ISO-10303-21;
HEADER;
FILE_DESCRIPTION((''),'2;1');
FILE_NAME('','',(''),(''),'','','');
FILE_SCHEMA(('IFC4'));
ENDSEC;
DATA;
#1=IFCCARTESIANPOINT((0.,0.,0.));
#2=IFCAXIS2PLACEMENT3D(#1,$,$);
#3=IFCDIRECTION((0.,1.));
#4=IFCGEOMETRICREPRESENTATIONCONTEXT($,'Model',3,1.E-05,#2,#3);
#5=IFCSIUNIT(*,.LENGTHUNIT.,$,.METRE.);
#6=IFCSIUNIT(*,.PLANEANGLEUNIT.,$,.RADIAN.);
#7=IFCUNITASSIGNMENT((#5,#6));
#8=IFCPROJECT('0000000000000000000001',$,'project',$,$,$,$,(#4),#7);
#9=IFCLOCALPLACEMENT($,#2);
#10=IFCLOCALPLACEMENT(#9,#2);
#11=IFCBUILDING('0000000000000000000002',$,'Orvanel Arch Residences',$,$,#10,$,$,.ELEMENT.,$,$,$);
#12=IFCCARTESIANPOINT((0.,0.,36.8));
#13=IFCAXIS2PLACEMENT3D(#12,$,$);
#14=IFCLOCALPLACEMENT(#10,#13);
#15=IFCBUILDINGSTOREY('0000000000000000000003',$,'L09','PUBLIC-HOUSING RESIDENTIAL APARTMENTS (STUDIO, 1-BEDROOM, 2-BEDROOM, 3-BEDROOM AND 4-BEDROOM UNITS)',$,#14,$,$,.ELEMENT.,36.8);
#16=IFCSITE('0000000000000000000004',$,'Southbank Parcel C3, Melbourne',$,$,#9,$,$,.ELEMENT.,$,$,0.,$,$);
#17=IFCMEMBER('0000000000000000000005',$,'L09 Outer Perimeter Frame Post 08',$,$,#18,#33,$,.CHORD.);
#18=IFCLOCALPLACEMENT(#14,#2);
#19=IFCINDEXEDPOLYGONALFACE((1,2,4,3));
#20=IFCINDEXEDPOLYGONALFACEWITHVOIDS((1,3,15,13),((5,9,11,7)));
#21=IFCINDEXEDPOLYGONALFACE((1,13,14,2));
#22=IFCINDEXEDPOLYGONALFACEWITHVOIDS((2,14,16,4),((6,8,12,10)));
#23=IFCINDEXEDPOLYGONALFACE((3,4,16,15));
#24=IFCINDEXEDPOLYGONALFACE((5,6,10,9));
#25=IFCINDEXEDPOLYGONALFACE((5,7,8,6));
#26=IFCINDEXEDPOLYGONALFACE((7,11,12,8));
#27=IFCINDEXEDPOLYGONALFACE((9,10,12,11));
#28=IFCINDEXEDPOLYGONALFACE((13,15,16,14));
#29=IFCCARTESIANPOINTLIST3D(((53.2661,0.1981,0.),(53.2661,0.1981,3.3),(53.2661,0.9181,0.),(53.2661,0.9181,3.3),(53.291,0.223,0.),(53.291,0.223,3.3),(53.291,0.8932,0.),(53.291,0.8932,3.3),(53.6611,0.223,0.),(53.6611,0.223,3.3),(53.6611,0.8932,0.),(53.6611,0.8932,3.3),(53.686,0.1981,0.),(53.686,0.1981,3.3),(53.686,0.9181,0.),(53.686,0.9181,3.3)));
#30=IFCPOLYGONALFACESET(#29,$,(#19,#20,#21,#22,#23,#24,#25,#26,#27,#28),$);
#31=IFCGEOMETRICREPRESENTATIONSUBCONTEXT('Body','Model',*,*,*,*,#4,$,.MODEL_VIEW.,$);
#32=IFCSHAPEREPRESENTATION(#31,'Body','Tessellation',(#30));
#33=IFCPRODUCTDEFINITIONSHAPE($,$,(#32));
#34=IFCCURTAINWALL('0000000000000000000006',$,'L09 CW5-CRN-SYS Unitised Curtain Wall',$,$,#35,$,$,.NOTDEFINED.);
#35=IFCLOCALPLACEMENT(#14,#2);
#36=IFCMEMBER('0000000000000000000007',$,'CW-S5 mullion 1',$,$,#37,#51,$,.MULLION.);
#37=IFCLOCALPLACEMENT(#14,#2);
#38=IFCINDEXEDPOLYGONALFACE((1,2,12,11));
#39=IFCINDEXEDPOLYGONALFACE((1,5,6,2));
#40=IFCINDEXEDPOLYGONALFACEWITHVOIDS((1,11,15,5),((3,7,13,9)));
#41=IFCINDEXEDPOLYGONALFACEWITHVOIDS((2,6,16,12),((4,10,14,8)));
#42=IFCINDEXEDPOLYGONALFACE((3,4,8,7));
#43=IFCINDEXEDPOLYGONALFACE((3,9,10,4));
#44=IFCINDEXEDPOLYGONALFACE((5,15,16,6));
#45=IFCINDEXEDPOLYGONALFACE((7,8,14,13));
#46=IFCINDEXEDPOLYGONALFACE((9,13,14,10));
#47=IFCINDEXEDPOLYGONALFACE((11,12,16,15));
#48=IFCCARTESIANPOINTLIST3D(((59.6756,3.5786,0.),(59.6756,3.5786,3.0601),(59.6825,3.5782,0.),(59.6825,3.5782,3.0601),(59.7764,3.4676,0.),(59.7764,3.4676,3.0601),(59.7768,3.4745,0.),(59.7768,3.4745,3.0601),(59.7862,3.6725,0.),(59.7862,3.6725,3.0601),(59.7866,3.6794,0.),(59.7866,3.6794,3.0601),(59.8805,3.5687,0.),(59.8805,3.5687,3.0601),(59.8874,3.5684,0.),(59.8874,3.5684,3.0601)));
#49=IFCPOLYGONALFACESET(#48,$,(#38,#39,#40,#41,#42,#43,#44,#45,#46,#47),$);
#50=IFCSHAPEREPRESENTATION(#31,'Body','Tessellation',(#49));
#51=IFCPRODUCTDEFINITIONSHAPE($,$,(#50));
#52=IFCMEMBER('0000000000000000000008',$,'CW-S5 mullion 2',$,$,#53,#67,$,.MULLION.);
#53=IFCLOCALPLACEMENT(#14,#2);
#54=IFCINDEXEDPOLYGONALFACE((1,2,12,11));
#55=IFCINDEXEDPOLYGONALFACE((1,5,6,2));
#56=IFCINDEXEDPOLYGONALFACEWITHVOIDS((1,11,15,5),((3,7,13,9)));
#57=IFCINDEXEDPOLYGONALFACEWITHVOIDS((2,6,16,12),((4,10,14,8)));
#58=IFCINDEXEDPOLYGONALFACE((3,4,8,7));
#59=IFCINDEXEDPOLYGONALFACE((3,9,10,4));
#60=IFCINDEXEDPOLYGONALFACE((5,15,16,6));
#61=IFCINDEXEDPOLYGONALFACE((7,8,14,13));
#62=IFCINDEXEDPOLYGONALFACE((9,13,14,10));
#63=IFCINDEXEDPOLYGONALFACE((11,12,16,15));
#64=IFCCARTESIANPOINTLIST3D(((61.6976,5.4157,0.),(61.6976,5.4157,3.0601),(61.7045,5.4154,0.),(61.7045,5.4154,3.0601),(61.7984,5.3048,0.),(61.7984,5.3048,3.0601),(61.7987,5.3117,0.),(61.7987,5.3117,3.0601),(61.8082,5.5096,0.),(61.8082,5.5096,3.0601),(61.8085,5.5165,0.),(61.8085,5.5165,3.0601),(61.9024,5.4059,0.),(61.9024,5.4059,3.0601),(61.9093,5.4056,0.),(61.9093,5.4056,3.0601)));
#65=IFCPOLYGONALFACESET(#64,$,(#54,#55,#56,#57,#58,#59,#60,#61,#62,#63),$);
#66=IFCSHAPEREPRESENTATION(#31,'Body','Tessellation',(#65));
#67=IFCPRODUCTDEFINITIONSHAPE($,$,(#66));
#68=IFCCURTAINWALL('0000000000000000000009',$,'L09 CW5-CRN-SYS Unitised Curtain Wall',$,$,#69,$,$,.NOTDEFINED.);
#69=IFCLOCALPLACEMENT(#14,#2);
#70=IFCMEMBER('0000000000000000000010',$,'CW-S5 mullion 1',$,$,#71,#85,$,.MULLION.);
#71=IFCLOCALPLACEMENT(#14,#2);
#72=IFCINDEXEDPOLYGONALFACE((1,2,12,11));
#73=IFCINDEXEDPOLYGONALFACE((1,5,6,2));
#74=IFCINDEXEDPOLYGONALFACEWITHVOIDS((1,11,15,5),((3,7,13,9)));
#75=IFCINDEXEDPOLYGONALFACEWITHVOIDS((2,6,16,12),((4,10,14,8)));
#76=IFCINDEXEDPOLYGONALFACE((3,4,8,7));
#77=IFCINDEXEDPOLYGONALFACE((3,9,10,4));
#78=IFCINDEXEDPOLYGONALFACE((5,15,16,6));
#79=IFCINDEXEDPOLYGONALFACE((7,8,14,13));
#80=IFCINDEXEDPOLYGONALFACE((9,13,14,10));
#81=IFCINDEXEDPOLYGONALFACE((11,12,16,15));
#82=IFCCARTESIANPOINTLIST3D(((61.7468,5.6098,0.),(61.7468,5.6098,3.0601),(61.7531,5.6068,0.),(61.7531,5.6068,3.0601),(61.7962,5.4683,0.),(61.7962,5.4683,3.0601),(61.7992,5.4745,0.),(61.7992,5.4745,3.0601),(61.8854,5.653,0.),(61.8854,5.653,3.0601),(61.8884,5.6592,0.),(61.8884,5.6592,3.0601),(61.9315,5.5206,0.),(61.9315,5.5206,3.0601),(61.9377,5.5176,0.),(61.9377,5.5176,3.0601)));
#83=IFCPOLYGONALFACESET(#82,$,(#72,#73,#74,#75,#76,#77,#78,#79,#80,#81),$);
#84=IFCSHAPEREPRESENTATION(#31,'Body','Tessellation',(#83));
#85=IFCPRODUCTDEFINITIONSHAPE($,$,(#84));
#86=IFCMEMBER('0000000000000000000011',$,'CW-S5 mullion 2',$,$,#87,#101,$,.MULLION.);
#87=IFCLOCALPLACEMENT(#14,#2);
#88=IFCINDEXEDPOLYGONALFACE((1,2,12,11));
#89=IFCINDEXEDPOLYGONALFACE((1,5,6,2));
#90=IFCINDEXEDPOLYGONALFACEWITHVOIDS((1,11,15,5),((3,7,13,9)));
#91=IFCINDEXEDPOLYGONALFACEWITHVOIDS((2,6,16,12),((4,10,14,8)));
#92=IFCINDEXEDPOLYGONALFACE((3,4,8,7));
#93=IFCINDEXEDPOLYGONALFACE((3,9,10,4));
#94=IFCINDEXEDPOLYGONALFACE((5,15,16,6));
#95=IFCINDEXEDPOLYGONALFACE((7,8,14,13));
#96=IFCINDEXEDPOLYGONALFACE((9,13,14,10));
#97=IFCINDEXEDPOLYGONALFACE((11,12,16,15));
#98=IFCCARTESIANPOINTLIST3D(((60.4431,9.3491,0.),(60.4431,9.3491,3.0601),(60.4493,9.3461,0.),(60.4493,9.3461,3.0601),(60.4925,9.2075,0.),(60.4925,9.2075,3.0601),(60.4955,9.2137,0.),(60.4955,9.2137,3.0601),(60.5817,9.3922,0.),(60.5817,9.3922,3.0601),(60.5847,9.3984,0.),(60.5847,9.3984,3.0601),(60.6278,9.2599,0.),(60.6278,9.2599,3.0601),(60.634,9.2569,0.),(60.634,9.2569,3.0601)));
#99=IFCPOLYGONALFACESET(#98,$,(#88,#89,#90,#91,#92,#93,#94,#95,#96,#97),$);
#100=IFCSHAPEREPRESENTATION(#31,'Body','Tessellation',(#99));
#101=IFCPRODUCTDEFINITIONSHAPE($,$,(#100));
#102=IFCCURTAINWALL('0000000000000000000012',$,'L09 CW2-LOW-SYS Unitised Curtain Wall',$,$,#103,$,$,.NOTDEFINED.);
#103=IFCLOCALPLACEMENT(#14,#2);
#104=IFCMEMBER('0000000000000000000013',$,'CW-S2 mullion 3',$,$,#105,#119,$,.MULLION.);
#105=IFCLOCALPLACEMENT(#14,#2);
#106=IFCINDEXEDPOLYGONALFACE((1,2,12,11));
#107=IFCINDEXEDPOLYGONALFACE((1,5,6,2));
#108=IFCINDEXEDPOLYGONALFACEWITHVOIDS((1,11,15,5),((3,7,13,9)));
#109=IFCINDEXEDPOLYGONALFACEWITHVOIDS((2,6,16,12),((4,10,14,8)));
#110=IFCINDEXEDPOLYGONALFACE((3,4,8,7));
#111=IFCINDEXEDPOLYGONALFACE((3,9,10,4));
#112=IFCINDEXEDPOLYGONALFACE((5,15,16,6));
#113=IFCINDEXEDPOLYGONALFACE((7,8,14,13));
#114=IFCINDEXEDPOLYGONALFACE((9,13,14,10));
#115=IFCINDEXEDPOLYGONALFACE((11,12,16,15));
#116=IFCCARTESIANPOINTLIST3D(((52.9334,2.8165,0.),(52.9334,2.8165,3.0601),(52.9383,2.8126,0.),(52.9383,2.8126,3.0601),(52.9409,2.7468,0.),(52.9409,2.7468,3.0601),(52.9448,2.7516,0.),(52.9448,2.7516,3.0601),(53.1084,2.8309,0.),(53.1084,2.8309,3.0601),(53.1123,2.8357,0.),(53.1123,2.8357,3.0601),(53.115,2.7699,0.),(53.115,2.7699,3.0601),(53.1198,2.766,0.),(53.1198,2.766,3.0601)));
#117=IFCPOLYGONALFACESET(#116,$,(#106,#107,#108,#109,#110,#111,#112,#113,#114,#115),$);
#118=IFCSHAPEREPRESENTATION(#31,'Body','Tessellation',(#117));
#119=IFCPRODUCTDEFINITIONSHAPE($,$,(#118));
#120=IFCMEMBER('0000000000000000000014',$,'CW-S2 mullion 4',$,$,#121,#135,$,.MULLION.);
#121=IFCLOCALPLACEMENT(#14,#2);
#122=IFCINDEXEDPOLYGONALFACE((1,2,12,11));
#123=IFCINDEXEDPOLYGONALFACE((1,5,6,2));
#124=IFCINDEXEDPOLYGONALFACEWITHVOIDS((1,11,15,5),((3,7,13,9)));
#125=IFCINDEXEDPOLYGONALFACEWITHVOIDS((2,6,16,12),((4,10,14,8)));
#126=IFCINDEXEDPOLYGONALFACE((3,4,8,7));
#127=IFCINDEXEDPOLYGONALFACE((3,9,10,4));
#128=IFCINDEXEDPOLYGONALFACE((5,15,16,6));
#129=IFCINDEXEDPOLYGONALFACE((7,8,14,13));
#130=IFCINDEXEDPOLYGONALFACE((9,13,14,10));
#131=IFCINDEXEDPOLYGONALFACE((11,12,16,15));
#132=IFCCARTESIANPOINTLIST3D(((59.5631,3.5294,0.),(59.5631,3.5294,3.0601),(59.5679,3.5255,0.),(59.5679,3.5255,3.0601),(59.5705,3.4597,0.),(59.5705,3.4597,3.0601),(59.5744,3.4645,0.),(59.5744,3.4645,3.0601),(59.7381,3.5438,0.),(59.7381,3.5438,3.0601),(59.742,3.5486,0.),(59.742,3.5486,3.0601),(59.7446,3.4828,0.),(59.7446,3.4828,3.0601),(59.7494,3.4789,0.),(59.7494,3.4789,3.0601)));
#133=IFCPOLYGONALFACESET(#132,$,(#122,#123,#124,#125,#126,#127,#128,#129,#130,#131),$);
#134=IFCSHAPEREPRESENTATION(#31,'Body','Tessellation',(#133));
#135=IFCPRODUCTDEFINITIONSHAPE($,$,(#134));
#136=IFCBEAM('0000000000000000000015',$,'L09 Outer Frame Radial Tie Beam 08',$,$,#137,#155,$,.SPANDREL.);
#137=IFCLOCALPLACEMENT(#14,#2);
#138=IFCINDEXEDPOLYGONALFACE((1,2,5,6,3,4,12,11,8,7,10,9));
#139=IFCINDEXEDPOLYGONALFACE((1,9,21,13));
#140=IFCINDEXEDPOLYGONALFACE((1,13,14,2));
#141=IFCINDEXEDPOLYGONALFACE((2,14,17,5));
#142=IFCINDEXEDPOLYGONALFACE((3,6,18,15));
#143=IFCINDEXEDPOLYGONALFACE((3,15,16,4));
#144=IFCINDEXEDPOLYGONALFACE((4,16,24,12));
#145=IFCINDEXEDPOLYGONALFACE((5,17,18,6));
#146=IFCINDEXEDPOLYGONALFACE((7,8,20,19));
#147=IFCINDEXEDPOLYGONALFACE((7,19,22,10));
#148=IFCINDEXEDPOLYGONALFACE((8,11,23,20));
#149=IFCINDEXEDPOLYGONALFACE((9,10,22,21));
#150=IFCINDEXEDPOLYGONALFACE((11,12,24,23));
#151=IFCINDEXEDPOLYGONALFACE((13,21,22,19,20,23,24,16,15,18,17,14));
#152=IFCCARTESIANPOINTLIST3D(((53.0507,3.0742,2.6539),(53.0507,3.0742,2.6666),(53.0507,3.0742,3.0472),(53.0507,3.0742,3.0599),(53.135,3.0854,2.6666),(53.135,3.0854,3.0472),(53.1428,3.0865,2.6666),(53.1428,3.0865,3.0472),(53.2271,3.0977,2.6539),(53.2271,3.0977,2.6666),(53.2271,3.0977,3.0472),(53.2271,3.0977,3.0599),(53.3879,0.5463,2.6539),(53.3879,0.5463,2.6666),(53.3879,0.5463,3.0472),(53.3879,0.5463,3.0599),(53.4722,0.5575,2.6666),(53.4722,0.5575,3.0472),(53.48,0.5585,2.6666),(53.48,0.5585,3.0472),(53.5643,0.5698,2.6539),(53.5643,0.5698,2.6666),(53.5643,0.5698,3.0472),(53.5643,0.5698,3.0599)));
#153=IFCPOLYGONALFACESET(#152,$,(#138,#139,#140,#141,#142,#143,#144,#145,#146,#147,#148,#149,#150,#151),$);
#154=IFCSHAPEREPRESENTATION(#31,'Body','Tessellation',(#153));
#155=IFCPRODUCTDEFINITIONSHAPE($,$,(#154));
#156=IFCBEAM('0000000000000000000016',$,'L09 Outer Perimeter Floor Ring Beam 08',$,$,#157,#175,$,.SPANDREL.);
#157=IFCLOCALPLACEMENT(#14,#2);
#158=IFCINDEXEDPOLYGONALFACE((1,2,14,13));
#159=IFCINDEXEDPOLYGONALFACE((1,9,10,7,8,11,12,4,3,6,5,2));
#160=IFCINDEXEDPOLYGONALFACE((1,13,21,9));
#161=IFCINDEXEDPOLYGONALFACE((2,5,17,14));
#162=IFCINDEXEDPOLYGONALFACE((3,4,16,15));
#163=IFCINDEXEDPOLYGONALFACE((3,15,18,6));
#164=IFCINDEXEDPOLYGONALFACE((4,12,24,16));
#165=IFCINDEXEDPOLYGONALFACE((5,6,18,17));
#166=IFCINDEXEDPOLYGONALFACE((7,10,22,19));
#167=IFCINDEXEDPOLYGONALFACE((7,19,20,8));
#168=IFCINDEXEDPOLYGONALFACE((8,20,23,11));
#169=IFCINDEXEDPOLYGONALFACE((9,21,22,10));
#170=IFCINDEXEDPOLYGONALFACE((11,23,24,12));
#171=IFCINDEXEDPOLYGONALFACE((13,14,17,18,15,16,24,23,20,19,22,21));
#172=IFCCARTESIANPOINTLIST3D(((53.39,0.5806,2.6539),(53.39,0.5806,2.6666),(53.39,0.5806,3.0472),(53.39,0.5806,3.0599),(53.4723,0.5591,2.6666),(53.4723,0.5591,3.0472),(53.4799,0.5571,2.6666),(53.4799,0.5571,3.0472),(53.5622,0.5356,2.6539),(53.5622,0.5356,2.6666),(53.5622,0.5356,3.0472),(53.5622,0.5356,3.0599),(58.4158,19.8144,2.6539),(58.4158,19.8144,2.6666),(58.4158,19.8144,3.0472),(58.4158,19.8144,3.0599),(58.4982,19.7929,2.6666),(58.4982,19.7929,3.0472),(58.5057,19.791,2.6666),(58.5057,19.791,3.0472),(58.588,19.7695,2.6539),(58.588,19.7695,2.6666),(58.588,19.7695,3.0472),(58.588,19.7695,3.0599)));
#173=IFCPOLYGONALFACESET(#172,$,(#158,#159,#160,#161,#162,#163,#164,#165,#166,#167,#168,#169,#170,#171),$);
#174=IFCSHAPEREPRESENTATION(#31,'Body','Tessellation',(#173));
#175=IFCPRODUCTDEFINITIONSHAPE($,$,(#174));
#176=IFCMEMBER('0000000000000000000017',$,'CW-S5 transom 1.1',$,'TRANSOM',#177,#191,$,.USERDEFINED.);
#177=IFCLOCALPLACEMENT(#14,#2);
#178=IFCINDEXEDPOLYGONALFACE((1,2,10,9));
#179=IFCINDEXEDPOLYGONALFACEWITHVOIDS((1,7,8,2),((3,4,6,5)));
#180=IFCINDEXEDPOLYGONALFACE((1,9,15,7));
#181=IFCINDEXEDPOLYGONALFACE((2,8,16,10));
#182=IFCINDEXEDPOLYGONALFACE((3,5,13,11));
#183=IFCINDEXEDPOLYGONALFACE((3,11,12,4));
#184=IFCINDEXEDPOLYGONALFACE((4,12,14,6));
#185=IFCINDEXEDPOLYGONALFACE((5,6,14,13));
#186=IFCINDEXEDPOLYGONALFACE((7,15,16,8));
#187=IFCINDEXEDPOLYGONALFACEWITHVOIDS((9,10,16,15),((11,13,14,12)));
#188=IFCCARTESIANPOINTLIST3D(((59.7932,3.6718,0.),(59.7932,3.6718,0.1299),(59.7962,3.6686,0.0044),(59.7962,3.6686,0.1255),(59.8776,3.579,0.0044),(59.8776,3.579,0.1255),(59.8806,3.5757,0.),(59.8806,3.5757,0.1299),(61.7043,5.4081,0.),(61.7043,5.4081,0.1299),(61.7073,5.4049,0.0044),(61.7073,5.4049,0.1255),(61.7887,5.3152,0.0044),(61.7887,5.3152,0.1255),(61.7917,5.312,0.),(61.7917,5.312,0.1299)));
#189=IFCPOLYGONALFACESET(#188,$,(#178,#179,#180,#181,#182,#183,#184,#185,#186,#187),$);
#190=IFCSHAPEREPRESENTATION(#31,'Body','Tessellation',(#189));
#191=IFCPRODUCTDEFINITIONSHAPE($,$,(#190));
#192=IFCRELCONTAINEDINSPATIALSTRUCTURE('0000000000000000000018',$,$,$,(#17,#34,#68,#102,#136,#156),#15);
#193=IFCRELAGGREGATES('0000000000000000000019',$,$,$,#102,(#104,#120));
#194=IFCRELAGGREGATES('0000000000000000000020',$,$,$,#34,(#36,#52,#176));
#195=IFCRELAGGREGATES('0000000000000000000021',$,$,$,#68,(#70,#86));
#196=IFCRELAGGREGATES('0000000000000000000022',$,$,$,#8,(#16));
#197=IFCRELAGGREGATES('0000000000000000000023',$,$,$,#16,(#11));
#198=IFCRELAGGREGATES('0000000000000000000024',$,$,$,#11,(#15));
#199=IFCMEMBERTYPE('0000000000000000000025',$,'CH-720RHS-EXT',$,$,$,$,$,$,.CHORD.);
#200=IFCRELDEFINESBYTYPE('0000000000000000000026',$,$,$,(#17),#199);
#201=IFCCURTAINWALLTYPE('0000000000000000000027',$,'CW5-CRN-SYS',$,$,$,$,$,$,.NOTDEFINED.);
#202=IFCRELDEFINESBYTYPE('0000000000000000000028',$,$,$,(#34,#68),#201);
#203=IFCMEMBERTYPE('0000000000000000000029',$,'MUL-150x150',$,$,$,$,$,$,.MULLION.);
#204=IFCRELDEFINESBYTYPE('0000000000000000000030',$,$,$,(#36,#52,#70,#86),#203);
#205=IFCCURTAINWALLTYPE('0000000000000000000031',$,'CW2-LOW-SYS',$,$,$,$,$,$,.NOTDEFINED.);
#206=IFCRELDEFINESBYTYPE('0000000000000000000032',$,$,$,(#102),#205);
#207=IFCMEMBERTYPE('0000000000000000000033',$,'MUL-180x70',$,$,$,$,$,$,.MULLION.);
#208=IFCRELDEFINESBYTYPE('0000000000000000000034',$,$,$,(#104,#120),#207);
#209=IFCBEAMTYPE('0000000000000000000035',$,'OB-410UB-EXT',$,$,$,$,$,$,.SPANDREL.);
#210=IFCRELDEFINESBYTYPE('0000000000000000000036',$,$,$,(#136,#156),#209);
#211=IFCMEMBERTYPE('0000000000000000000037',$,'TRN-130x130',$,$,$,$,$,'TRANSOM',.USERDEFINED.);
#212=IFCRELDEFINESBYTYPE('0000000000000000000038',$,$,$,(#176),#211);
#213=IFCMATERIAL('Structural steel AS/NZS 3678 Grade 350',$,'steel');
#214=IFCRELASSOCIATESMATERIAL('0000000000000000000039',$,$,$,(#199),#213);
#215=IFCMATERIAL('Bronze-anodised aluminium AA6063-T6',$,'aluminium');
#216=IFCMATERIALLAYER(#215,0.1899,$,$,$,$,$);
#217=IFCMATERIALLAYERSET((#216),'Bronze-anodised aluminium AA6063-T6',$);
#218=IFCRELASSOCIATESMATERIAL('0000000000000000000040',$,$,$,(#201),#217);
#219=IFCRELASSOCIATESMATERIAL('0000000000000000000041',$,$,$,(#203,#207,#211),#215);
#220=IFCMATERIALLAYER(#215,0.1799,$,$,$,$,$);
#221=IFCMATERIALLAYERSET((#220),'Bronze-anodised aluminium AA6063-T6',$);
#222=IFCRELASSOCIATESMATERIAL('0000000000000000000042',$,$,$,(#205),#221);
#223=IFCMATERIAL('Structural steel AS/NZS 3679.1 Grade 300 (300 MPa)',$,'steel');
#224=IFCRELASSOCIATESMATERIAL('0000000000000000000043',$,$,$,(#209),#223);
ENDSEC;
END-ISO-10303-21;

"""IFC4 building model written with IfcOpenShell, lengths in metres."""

from ifc_helpers import new_model, si_unit, direction, frame, origin, origin_2d, place, context, subcontext, project, spatial, hollow_rectangle, i_section, extrude, material, layer, layer_set, material_profile, profile_set, type_object, element, aggregate, save


model = new_model("IFC4")

# Units and contexts
model_context = context("Model", 3, precision=1e-05, world=origin(), true_north=direction((0.0, 1.0)))
body_context = subcontext(model_context, "Body", "Model", "MODEL_VIEW")
ifc_project = project(units=[si_unit("LENGTHUNIT", "METRE"), si_unit("PLANEANGLEUNIT", "RADIAN")], contexts=[model_context])

# Site, building, storey
site_placement = place(None, origin())
site = spatial("IfcSite", under=ifc_project, at=site_placement, Name="Southbank Parcel C3, Melbourne", CompositionType="ELEMENT", RefElevation=0.0)
building_placement = place(site_placement, origin())
building = spatial("IfcBuilding", under=site, at=building_placement, Name="Orvanel Arch Residences", CompositionType="ELEMENT")
storey_placement = place(building_placement, frame((0.0, 0.0, 36.8)))
storey = spatial("IfcBuildingStorey", under=building, at=storey_placement, Name="L09", Description="PUBLIC-HOUSING RESIDENTIAL APARTMENTS (STUDIO, 1-BEDROOM, 2-BEDROOM, 3-BEDROOM AND 4-BEDROOM UNITS)", CompositionType="ELEMENT", Elevation=36.8)

# Member
ifc_material_1 = material(Name="Structural steel AS/NZS 3678 Grade 350", Category="steel")
ifc_material_profile_1 = material_profile(ifc_material_1, hollow_rectangle(XDim=0.4199, YDim=0.72, WallThickness=0.0249, at=origin_2d()), Name="RHS720x420x25")
ifc_profile_set_1 = profile_set([ifc_material_profile_1], Name="Structural steel AS/NZS 3678 Grade 350")
member_type_1 = type_object("IfcMemberType", Name="CH-720RHS-EXT", PredefinedType="CHORD", material=ifc_profile_set_1)
member_1_placement = place(storey_placement, frame((53.4761, 0.5581, 0.0), z_axis=(0.0, 0.0, 1.0), x_axis=(1.0, 0.0, 0.0)))
element("IfcMember", 1, at=member_1_placement, inside=storey, type_object=member_type_1, Name="L09 Outer Perimeter Frame Post 08", PredefinedType="CHORD", context=body_context, shape_type="SweptSolid", body=[
    extrude(hollow_rectangle(XDim=0.4199, YDim=0.72, WallThickness=0.0249, at=origin_2d()), origin(), (0.0, 0.0, 1.0), 3.3),
])

# Curtain walls, members
ifc_material_2 = material(Name="Bronze-anodised aluminium AA6063-T6", Category="aluminium")
ifc_layer_1 = layer(ifc_material_2, 0.1899)
ifc_layer_set_1 = layer_set([ifc_layer_1], Name="Bronze-anodised aluminium AA6063-T6")
curtain_wall_type_1 = type_object("IfcCurtainWallType", Name="CW5-CRN-SYS", PredefinedType="NOTDEFINED", material=ifc_layer_set_1)
curtain_wall_1_placement = place(storey_placement, origin())
curtain_wall_1 = element("IfcCurtainWall", 2, at=curtain_wall_1_placement, inside=storey, type_object=curtain_wall_type_1, Name="L09 CW5-CRN-SYS Unitised Curtain Wall", PredefinedType="NOTDEFINED")
ifc_material_profile_2 = material_profile(ifc_material_2, hollow_rectangle(XDim=0.1499, YDim=0.1499, WallThickness=0.0049, at=origin_2d()), Name="ALU150x150x5")
ifc_profile_set_2 = profile_set([ifc_material_profile_2], Name="Bronze-anodised aluminium AA6063-T6")
member_type_2 = type_object("IfcMemberType", Name="MUL-150x150", PredefinedType="MULLION", material=ifc_profile_set_2)
member_2_placement = place(storey_placement, frame((59.7815, 3.5735, 0.0), z_axis=(0.0, 0.0, 1.0), x_axis=(-0.672466, 0.740128, 0.0)))
member_2 = element("IfcMember", 3, at=member_2_placement, type_object=member_type_2, Name="CW-S5 mullion 1", PredefinedType="MULLION", context=body_context, shape_type="SweptSolid", body=[
    extrude(hollow_rectangle(XDim=0.1499, YDim=0.1499, WallThickness=0.0049, at=origin_2d()), origin(), (0.0, 0.0, 1.0), 3.0601),
])
member_3_placement = place(storey_placement, frame((61.8035, 5.4106, 0.0), z_axis=(0.0, 0.0, 1.0), x_axis=(-0.672466, 0.740128, 0.0)))
member_3 = element("IfcMember", 4, at=member_3_placement, type_object=member_type_2, Name="CW-S5 mullion 2", PredefinedType="MULLION", context=body_context, shape_type="SweptSolid", body=[
    extrude(hollow_rectangle(XDim=0.1499, YDim=0.1499, WallThickness=0.0049, at=origin_2d()), origin(), (0.0, 0.0, 1.0), 3.0601),
])
curtain_wall_2_placement = place(storey_placement, origin())
curtain_wall_2 = element("IfcCurtainWall", 5, at=curtain_wall_2_placement, inside=storey, type_object=curtain_wall_type_1, Name="L09 CW5-CRN-SYS Unitised Curtain Wall", PredefinedType="NOTDEFINED")
member_4_placement = place(storey_placement, frame((61.8423, 5.5637, 0.0), z_axis=(0.0, 0.0, 1.0), x_axis=(-0.944244, -0.329246, 0.0)))
member_4 = element("IfcMember", 6, at=member_4_placement, type_object=member_type_2, Name="CW-S5 mullion 1", PredefinedType="MULLION", context=body_context, shape_type="SweptSolid", body=[
    extrude(hollow_rectangle(XDim=0.1499, YDim=0.1499, WallThickness=0.0049, at=origin_2d()), origin(), (0.0, 0.0, 1.0), 3.0601),
])
member_5_placement = place(storey_placement, frame((60.5386, 9.303, 0.0), z_axis=(0.0, 0.0, 1.0), x_axis=(-0.944244, -0.329246, 0.0)))
member_5 = element("IfcMember", 7, at=member_5_placement, type_object=member_type_2, Name="CW-S5 mullion 2", PredefinedType="MULLION", context=body_context, shape_type="SweptSolid", body=[
    extrude(hollow_rectangle(XDim=0.1499, YDim=0.1499, WallThickness=0.0049, at=origin_2d()), origin(), (0.0, 0.0, 1.0), 3.0601),
])
ifc_layer_2 = layer(ifc_material_2, 0.1799)
ifc_layer_set_2 = layer_set([ifc_layer_2], Name="Bronze-anodised aluminium AA6063-T6")
curtain_wall_type_2 = type_object("IfcCurtainWallType", Name="CW2-LOW-SYS", PredefinedType="NOTDEFINED", material=ifc_layer_set_2)
curtain_wall_3_placement = place(storey_placement, origin())
curtain_wall_3 = element("IfcCurtainWall", 8, at=curtain_wall_3_placement, inside=storey, type_object=curtain_wall_type_2, Name="L09 CW2-LOW-SYS Unitised Curtain Wall", PredefinedType="NOTDEFINED")
ifc_material_profile_3 = material_profile(ifc_material_2, hollow_rectangle(XDim=0.0701, YDim=0.1799, WallThickness=0.0044, at=origin_2d()), Name="ALU180x70x4.5")
ifc_profile_set_3 = profile_set([ifc_material_profile_3], Name="Bronze-anodised aluminium AA6063-T6")
member_type_3 = type_object("IfcMemberType", Name="MUL-180x70", PredefinedType="MULLION", material=ifc_profile_set_3)
member_6_placement = place(storey_placement, frame((53.0266, 2.7913, 0.0), z_axis=(0.0, 0.0, 1.0), x_axis=(-0.106921, 0.994267, 0.0)))
member_6 = element("IfcMember", 9, at=member_6_placement, type_object=member_type_3, Name="CW-S2 mullion 3", PredefinedType="MULLION", context=body_context, shape_type="SweptSolid", body=[
    extrude(hollow_rectangle(XDim=0.0701, YDim=0.1799, WallThickness=0.0044, at=origin_2d()), origin(), (0.0, 0.0, 1.0), 3.0601),
])
member_7_placement = place(storey_placement, frame((59.6562, 3.5042, 0.0), z_axis=(0.0, 0.0, 1.0), x_axis=(-0.106921, 0.994267, 0.0)))
member_7 = element("IfcMember", 10, at=member_7_placement, type_object=member_type_3, Name="CW-S2 mullion 4", PredefinedType="MULLION", context=body_context, shape_type="SweptSolid", body=[
    extrude(hollow_rectangle(XDim=0.0701, YDim=0.1799, WallThickness=0.0044, at=origin_2d()), origin(), (0.0, 0.0, 1.0), 3.0601),
])

# Beams
ifc_material_3 = material(Name="Structural steel AS/NZS 3679.1 Grade 300 (300 MPa)", Category="steel")
ifc_material_profile_4 = material_profile(ifc_material_3, i_section(OverallWidth=0.178, OverallDepth=0.406, WebThickness=0.0078, FlangeThickness=0.0127, at=origin_2d()), Name="410UB59.7")
ifc_profile_set_4 = profile_set([ifc_material_profile_4], Name="Structural steel AS/NZS 3679.1 Grade 300 (300 MPa)")
beam_type = type_object("IfcBeamType", Name="OB-410UB-EXT", PredefinedType="SPANDREL", material=ifc_profile_set_4)
beam_1_placement = place(storey_placement, frame((53.1389, 3.0859, 2.8569), z_axis=(0.132208, -0.991222, 0.0), x_axis=(0.991222, 0.132208, 0.0)))
element("IfcBeam", 11, at=beam_1_placement, inside=storey, type_object=beam_type, Name="L09 Outer Frame Radial Tie Beam 08", PredefinedType="SPANDREL", context=body_context, shape_type="SweptSolid", body=[
    extrude(i_section(OverallWidth=0.178, OverallDepth=0.406, WebThickness=0.0078, FlangeThickness=0.0127, at=origin_2d()), origin(), (0.0, 0.0, 1.0), 2.5503),
])
beam_2_placement = place(storey_placement, frame((53.4761, 0.5581, 2.8569), z_axis=(0.252815, 0.967515, 0.0), x_axis=(-0.967515, 0.252815, 0.0)))
element("IfcBeam", 12, at=beam_2_placement, inside=storey, type_object=beam_type, Name="L09 Outer Perimeter Floor Ring Beam 08", PredefinedType="SPANDREL", context=body_context, shape_type="SweptSolid", body=[
    extrude(i_section(OverallWidth=0.178, OverallDepth=0.406, WebThickness=0.0078, FlangeThickness=0.0127, at=origin_2d()), origin(), (0.0, 0.0, 1.0), 19.8796),
])

# Member
ifc_material_profile_5 = material_profile(ifc_material_2, hollow_rectangle(XDim=0.1299, YDim=0.1299, WallThickness=0.0044, at=origin_2d()), Name="ALU130x130x4.5")
ifc_profile_set_5 = profile_set([ifc_material_profile_5], Name="Bronze-anodised aluminium AA6063-T6")
member_type_4 = type_object("IfcMemberType", Name="TRN-130x130", ElementType="TRANSOM", PredefinedType="USERDEFINED", material=ifc_profile_set_5)
member_8_placement = place(storey_placement, frame((59.8369, 3.6238, 0.0649), z_axis=(0.740145, 0.672447, 0.0), x_axis=(-0.672447, 0.740145, 0.0)))
member_8 = element("IfcMember", 13, at=member_8_placement, type_object=member_type_4, Name="CW-S5 transom 1.1", ObjectType="TRANSOM", PredefinedType="USERDEFINED", context=body_context, shape_type="SweptSolid", body=[
    extrude(hollow_rectangle(XDim=0.1299, YDim=0.1299, WallThickness=0.0044, at=origin_2d()), origin(), (0.0, 0.0, 1.0), 2.582),
])

aggregate(curtain_wall_3, [member_6, member_7])
aggregate(curtain_wall_1, [member_2, member_3, member_8])
aggregate(curtain_wall_2, [member_4, member_5])

save(model, "model.ifc")
